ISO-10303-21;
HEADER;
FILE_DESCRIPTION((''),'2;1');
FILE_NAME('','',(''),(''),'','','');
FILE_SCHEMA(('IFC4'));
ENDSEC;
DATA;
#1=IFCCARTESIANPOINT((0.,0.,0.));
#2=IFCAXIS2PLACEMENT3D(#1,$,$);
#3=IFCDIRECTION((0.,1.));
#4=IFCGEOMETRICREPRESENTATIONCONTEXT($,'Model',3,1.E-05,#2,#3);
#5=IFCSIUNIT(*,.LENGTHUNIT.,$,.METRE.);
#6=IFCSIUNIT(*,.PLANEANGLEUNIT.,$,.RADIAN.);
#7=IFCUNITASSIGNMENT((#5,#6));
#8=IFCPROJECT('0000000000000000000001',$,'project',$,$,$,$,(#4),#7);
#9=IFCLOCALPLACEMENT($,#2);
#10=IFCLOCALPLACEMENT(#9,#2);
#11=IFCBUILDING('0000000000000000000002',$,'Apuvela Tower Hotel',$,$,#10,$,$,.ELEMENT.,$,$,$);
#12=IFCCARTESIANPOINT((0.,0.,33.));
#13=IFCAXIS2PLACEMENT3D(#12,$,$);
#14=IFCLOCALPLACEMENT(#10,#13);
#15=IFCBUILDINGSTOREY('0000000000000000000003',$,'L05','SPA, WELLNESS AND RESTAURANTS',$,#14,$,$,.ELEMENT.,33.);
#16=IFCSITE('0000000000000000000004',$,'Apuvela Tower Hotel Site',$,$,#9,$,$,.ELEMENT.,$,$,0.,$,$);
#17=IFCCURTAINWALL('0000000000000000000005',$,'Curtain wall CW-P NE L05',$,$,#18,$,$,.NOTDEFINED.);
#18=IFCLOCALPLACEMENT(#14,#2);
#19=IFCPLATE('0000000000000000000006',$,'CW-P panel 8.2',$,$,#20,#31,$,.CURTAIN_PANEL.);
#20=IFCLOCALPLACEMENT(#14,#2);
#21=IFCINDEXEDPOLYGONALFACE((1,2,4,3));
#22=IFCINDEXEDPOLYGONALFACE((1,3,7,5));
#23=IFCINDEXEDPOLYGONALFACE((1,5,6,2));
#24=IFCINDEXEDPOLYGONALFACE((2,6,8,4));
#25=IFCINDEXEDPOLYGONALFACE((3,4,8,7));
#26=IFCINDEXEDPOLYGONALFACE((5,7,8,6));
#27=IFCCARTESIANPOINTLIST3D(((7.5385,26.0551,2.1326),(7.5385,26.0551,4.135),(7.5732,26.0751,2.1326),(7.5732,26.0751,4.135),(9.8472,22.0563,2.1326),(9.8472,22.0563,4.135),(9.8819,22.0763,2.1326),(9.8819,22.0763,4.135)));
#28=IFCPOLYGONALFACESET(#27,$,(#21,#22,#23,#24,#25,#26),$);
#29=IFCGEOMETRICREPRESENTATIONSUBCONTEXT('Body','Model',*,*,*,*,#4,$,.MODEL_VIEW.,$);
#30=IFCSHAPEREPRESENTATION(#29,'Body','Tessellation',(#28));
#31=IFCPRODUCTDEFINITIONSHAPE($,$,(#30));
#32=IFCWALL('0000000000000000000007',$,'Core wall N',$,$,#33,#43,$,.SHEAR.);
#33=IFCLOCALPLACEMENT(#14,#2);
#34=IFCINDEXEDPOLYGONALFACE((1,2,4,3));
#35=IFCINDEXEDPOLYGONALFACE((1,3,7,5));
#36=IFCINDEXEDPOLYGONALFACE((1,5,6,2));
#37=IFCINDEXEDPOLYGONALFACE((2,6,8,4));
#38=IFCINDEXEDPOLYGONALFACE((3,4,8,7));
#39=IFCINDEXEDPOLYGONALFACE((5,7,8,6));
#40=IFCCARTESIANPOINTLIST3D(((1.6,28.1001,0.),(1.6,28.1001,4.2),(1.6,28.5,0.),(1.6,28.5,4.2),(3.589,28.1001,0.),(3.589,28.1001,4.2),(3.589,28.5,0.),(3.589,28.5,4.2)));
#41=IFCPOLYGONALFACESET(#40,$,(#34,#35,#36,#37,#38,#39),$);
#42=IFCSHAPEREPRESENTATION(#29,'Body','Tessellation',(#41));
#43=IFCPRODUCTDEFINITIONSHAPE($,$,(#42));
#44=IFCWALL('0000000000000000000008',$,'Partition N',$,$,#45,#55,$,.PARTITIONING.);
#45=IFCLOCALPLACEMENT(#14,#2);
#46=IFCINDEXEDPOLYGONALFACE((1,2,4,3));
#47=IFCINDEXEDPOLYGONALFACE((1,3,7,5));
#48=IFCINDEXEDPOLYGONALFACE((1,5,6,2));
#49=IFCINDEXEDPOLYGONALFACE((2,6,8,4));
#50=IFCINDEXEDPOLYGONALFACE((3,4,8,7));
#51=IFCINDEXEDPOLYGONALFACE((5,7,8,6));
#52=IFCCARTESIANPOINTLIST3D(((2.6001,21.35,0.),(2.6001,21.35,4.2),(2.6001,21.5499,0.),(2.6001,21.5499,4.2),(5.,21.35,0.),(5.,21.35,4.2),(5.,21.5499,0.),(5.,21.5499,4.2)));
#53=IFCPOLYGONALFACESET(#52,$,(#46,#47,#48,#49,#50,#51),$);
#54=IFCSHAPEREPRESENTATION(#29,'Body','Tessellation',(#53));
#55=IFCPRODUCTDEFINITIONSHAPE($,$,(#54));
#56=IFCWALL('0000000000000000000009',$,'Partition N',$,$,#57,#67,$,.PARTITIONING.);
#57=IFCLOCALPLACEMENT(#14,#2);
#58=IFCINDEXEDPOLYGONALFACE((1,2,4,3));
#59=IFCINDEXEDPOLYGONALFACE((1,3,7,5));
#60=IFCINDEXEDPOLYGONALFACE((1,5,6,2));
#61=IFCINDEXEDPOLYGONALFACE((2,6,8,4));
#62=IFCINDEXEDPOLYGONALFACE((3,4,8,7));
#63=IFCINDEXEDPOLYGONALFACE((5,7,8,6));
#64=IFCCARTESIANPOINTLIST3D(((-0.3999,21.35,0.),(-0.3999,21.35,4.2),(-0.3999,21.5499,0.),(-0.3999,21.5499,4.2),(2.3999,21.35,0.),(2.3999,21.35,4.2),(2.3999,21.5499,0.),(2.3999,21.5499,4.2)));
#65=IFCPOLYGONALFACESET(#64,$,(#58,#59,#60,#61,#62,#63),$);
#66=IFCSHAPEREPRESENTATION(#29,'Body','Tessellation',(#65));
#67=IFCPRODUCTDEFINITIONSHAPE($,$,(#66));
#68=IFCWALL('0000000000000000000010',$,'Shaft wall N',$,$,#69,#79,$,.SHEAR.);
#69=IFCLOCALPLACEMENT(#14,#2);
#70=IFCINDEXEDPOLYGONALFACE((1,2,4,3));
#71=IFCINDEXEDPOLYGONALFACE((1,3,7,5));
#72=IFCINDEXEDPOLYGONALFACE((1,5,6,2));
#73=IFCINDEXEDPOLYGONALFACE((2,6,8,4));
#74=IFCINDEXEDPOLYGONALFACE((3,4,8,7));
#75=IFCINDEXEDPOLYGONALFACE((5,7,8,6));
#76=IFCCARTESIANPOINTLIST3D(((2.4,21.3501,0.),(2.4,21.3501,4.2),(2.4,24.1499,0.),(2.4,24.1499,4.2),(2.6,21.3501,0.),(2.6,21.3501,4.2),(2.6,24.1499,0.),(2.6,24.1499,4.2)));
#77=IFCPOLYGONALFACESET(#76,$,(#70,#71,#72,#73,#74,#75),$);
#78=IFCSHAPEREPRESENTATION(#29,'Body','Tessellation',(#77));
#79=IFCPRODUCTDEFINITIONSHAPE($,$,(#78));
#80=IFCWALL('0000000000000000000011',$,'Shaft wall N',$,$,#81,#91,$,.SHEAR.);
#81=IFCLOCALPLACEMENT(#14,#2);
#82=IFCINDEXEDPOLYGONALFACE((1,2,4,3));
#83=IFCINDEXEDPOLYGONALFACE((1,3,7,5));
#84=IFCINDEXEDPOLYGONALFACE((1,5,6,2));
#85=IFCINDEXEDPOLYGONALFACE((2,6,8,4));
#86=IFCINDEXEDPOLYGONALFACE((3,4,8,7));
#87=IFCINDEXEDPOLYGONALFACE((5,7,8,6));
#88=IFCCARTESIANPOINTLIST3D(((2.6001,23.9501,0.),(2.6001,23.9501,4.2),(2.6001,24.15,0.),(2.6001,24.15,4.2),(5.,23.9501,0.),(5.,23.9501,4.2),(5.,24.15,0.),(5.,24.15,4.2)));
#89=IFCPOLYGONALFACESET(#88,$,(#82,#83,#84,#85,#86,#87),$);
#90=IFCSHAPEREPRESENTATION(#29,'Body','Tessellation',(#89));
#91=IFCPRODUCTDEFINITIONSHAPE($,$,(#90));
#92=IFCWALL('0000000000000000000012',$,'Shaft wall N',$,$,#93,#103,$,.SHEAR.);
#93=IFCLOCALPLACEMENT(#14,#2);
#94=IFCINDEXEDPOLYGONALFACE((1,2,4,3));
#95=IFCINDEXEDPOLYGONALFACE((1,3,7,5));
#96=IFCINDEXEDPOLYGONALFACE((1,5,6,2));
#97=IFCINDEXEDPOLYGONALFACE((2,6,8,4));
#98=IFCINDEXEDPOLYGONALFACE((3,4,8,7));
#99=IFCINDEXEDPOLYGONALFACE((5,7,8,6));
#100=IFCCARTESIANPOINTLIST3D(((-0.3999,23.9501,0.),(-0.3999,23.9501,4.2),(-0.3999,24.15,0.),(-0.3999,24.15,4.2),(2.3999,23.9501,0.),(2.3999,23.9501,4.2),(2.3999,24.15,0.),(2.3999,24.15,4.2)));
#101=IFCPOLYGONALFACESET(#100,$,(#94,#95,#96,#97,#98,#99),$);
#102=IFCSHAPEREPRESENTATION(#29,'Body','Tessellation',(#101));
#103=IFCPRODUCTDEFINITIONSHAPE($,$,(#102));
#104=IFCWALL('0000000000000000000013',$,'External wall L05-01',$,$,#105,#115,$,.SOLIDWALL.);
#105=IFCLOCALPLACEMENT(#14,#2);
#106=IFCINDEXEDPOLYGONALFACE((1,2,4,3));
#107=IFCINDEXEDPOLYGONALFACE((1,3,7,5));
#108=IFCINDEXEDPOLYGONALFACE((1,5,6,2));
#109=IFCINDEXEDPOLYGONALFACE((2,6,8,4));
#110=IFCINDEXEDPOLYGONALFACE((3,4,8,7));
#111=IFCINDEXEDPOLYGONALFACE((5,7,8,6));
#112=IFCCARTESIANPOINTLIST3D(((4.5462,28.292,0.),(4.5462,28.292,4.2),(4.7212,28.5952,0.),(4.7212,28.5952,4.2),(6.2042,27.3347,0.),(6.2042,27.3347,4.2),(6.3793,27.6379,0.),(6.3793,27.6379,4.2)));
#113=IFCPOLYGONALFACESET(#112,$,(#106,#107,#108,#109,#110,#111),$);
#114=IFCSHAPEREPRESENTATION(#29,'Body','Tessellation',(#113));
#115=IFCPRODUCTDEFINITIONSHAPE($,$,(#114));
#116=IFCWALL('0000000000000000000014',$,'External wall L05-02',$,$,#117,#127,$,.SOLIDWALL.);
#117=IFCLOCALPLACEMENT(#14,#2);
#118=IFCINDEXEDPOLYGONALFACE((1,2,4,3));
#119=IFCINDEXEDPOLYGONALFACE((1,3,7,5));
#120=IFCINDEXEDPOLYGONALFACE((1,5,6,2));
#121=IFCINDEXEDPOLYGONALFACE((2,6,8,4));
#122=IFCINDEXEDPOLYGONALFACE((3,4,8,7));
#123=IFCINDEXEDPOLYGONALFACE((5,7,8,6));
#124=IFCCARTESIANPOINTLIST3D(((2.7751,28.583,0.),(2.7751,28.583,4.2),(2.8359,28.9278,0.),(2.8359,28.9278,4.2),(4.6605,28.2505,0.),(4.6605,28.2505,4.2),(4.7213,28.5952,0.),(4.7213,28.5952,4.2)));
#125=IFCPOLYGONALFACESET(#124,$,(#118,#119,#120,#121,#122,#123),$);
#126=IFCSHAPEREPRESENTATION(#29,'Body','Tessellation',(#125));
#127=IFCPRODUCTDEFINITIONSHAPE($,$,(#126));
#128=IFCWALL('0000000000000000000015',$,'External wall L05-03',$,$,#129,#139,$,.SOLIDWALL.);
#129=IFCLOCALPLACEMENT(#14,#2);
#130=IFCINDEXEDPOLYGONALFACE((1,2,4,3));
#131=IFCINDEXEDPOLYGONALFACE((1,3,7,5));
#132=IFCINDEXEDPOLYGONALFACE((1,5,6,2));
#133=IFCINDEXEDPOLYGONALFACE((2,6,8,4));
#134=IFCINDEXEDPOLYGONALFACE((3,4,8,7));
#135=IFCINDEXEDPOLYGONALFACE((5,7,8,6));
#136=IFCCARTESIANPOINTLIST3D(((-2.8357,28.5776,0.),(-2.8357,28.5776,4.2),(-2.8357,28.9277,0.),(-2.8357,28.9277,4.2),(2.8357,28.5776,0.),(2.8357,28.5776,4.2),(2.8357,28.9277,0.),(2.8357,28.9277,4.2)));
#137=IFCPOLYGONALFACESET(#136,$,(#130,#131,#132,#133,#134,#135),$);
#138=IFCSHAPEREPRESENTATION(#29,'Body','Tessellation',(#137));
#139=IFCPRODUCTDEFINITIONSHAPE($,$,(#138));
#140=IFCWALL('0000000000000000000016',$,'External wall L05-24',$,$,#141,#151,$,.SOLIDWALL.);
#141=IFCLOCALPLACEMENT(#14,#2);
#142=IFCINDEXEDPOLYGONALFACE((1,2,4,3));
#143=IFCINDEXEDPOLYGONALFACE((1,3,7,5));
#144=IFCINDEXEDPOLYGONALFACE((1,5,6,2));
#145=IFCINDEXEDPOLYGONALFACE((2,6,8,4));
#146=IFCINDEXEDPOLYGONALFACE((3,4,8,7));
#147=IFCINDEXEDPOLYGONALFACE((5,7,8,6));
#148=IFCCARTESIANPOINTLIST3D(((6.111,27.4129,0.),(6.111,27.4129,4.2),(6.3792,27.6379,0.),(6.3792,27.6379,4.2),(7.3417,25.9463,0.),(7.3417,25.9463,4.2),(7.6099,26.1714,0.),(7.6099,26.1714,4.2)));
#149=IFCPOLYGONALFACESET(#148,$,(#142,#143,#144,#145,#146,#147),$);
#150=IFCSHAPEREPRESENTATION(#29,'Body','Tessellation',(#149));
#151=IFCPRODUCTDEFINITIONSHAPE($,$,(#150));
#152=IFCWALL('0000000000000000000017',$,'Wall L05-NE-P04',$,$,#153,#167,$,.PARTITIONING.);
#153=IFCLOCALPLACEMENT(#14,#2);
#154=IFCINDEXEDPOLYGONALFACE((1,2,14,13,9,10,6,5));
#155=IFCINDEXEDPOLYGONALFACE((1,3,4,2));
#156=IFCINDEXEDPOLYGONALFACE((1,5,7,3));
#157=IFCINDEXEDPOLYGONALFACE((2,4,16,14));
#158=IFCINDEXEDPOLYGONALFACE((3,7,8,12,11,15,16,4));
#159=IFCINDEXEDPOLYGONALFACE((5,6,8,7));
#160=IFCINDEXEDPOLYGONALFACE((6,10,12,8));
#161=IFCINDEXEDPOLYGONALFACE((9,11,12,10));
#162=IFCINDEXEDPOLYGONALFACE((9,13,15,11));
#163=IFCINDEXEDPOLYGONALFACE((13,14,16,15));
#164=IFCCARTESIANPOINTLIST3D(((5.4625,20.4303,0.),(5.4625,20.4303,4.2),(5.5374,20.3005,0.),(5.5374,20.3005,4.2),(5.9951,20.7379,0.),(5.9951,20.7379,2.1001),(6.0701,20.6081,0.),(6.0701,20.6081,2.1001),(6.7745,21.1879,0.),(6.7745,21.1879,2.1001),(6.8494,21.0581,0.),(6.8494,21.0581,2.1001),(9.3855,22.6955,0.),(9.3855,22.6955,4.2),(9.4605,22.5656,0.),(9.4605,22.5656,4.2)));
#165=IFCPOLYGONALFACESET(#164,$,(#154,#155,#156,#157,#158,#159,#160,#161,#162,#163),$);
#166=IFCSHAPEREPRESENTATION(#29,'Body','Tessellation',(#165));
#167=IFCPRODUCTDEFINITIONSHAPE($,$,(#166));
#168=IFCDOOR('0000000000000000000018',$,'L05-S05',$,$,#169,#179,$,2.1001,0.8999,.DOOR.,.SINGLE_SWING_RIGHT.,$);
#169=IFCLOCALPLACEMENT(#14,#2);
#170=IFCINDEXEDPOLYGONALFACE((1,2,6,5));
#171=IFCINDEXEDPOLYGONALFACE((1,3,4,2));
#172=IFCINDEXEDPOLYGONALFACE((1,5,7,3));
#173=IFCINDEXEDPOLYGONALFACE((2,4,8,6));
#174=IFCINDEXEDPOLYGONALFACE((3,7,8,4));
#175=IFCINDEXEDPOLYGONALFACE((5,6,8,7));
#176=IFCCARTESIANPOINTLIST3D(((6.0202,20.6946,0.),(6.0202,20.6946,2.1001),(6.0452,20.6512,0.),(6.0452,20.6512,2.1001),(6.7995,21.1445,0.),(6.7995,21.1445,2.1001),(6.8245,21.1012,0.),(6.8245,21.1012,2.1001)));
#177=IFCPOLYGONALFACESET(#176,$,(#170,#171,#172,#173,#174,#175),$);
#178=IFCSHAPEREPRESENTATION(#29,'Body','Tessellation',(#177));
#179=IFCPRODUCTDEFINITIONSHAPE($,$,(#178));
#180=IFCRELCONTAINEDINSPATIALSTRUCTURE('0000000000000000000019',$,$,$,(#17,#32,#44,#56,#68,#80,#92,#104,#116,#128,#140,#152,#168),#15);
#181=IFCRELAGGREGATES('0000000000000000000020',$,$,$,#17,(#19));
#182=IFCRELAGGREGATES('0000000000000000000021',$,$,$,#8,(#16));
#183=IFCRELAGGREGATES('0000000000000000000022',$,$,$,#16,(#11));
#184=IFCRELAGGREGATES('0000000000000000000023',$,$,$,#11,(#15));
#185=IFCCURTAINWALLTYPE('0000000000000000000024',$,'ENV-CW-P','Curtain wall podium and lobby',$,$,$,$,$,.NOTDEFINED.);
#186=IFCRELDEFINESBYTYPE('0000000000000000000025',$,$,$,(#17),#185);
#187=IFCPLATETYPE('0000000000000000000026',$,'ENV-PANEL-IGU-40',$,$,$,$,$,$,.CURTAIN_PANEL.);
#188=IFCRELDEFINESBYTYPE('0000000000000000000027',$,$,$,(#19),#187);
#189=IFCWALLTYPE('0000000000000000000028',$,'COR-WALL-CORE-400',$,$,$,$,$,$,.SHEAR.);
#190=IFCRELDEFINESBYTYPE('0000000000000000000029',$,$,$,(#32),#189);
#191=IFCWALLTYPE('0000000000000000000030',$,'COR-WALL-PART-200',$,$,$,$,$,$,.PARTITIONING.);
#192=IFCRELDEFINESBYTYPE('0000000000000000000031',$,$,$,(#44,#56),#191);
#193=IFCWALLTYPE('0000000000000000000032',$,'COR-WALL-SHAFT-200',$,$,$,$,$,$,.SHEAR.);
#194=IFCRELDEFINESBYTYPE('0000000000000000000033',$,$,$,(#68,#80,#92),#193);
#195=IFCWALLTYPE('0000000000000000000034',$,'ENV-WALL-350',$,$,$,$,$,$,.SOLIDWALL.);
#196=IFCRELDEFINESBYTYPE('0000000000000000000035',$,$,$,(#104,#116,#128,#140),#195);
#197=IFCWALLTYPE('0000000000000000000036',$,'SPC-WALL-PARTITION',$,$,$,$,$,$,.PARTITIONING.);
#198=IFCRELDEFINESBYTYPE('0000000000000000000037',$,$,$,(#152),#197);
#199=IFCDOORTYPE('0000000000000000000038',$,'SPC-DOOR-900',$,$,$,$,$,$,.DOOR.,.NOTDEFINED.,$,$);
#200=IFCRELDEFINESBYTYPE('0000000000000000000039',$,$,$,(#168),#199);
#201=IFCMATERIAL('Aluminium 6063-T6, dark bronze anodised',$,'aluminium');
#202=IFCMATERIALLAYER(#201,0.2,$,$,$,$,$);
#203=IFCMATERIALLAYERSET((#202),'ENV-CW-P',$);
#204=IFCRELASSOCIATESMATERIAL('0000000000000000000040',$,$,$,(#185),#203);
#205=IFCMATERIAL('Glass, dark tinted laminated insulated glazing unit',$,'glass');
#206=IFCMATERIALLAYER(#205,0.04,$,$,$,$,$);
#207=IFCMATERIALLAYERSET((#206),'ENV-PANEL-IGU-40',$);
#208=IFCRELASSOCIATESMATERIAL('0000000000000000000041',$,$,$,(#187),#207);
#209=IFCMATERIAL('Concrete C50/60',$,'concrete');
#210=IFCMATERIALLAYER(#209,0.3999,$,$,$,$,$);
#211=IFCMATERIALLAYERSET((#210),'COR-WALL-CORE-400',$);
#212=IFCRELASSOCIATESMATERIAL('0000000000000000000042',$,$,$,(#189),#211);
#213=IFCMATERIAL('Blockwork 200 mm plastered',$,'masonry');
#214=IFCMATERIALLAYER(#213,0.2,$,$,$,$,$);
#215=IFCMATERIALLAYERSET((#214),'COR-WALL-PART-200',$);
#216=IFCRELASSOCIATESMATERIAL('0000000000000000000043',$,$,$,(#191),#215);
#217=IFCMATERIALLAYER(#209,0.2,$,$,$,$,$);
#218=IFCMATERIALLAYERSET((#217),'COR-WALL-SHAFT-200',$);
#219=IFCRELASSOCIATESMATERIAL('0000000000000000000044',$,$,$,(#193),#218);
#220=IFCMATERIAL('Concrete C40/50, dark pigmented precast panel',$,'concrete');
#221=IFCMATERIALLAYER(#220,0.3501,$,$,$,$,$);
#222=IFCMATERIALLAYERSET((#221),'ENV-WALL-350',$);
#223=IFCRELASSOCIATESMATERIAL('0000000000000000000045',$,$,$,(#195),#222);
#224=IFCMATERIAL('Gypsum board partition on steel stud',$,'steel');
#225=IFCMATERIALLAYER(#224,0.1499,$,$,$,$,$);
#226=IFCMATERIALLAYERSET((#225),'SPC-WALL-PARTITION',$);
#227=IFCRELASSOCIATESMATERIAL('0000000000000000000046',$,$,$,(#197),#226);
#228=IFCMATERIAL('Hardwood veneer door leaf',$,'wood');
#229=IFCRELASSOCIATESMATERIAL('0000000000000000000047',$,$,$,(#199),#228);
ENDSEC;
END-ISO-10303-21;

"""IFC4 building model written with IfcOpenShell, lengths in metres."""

from ifc_helpers import new_model, si_unit, direction, frame, frame_2d, origin, origin_2d, place, context, subcontext, project, spatial, rectangle, extrude, material, layer, layer_set, type_object, element, fill, aggregate, save


model = new_model("IFC4")

# Units and contexts
model_context = context("Model", 3, precision=1e-05, world=origin(), true_north=direction((0.0, 1.0)))
body_context = subcontext(model_context, "Body", "Model", "MODEL_VIEW")
ifc_project = project(units=[si_unit("LENGTHUNIT", "METRE"), si_unit("PLANEANGLEUNIT", "RADIAN")], contexts=[model_context])

# Site, building, storey
site_placement = place(None, origin())
site = spatial("IfcSite", under=ifc_project, at=site_placement, Name="Apuvela Tower Hotel Site", CompositionType="ELEMENT", RefElevation=0.0)
building_placement = place(site_placement, origin())
building = spatial("IfcBuilding", under=site, at=building_placement, Name="Apuvela Tower Hotel", CompositionType="ELEMENT")
storey_placement = place(building_placement, frame((0.0, 0.0, 33.0)))
storey = spatial("IfcBuildingStorey", under=building, at=storey_placement, Name="L05", Description="SPA, WELLNESS AND RESTAURANTS", CompositionType="ELEMENT", Elevation=33.0)

# Curtain wall
ifc_material_1 = material(Name="Aluminium 6063-T6, dark bronze anodised", Category="aluminium")
ifc_layer_1 = layer(ifc_material_1, 0.2)
ifc_layer_set_1 = layer_set([ifc_layer_1], Name="ENV-CW-P")
curtain_wall_type = type_object("IfcCurtainWallType", Name="ENV-CW-P", Description="Curtain wall podium and lobby", PredefinedType="NOTDEFINED", material=ifc_layer_set_1)
curtain_wall_placement = place(storey_placement, origin())
curtain_wall = element("IfcCurtainWall", 1, at=curtain_wall_placement, inside=storey, type_object=curtain_wall_type, Name="Curtain wall CW-P NE L05", PredefinedType="NOTDEFINED")

# Plate
ifc_material_2 = material(Name="Glass, dark tinted laminated insulated glazing unit", Category="glass")
ifc_layer_2 = layer(ifc_material_2, 0.04)
ifc_layer_set_2 = layer_set([ifc_layer_2], Name="ENV-PANEL-IGU-40")
plate_type = type_object("IfcPlateType", Name="ENV-PANEL-IGU-40", PredefinedType="CURTAIN_PANEL", material=ifc_layer_set_2)
plate_1_placement = place(storey_placement, frame((8.7102, 24.0657, 2.1326), z_axis=(0.0, 0.0, 1.0), x_axis=(-0.5, 0.866026, 0.0)))
plate_1 = element("IfcPlate", 2, at=plate_1_placement, type_object=plate_type, Name="CW-P panel 8.2", PredefinedType="CURTAIN_PANEL", context=body_context, shape_type="SweptSolid", body=[
    extrude(rectangle(XDim=4.6174, YDim=0.04, at=origin_2d()), origin(), (0.0, 0.0, 1.0), 2.0024),
])
aggregate(curtain_wall, [plate_1])

# Walls
ifc_material_3 = material(Name="Concrete C50/60", Category="concrete")
ifc_layer_3 = layer(ifc_material_3, 0.3999)
ifc_layer_set_3 = layer_set([ifc_layer_3], Name="COR-WALL-CORE-400")
wall_type_1 = type_object("IfcWallType", Name="COR-WALL-CORE-400", PredefinedType="SHEAR", material=ifc_layer_set_3)
wall_1_placement = place(storey_placement, frame((3.5891, 28.3, 0.0), z_axis=(0.0, 0.0, 1.0), x_axis=(-1.0, 0.0, 0.0)))
element("IfcWall", 3, at=wall_1_placement, inside=storey, type_object=wall_type_1, Name="Core wall N", PredefinedType="SHEAR", context=body_context, shape_type="SweptSolid", body=[
    extrude(rectangle(XDim=1.989, YDim=0.3999, at=frame_2d((0.9946, 0.0))), origin(), (0.0, 0.0, 1.0), 4.2),
])
ifc_material_4 = material(Name="Blockwork 200 mm plastered", Category="masonry")
ifc_layer_4 = layer(ifc_material_4, 0.2)
ifc_layer_set_4 = layer_set([ifc_layer_4], Name="COR-WALL-PART-200")
wall_type_2 = type_object("IfcWallType", Name="COR-WALL-PART-200", PredefinedType="PARTITIONING", material=ifc_layer_set_4)
wall_2_placement = place(storey_placement, frame((5.0, 21.45, 0.0), z_axis=(0.0, 0.0, 1.0), x_axis=(-1.0, 0.0, 0.0)))
element("IfcWall", 4, at=wall_2_placement, inside=storey, type_object=wall_type_2, Name="Partition N", PredefinedType="PARTITIONING", context=body_context, shape_type="SweptSolid", body=[
    extrude(rectangle(XDim=2.3999, YDim=0.2, at=frame_2d((1.2, 0.0))), origin(), (0.0, 0.0, 1.0), 4.2),
])
wall_3_placement = place(storey_placement, frame((2.3999, 21.45, 0.0), z_axis=(0.0, 0.0, 1.0), x_axis=(-1.0, 0.0, 0.0)))
element("IfcWall", 5, at=wall_3_placement, inside=storey, type_object=wall_type_2, Name="Partition N", PredefinedType="PARTITIONING", context=body_context, shape_type="SweptSolid", body=[
    extrude(rectangle(XDim=2.7998, YDim=0.2, at=frame_2d((1.3999, 0.0))), origin(), (0.0, 0.0, 1.0), 4.2),
])
ifc_layer_5 = layer(ifc_material_3, 0.2)
ifc_layer_set_5 = layer_set([ifc_layer_5], Name="COR-WALL-SHAFT-200")
wall_type_3 = type_object("IfcWallType", Name="COR-WALL-SHAFT-200", PredefinedType="SHEAR", material=ifc_layer_set_5)
wall_4_placement = place(storey_placement, frame((2.5, 21.3501, 0.0), z_axis=(0.0, 0.0, 1.0), x_axis=(0.0, 1.0, 0.0)))
element("IfcWall", 6, at=wall_4_placement, inside=storey, type_object=wall_type_3, Name="Shaft wall N", PredefinedType="SHEAR", context=body_context, shape_type="SweptSolid", body=[
    extrude(rectangle(XDim=2.7998, YDim=0.2, at=frame_2d((1.3999, 0.0))), origin(), (0.0, 0.0, 1.0), 4.2),
])
wall_5_placement = place(storey_placement, frame((5.0, 24.05, 0.0), z_axis=(0.0, 0.0, 1.0), x_axis=(-1.0, 0.0, 0.0)))
element("IfcWall", 7, at=wall_5_placement, inside=storey, type_object=wall_type_3, Name="Shaft wall N", PredefinedType="SHEAR", context=body_context, shape_type="SweptSolid", body=[
    extrude(rectangle(XDim=2.3999, YDim=0.2, at=frame_2d((1.2, 0.0))), origin(), (0.0, 0.0, 1.0), 4.2),
])
wall_6_placement = place(storey_placement, frame((2.3999, 24.05, 0.0), z_axis=(0.0, 0.0, 1.0), x_axis=(-1.0, 0.0, 0.0)))
element("IfcWall", 8, at=wall_6_placement, inside=storey, type_object=wall_type_3, Name="Shaft wall N", PredefinedType="SHEAR", context=body_context, shape_type="SweptSolid", body=[
    extrude(rectangle(XDim=2.7998, YDim=0.2, at=frame_2d((1.3999, 0.0))), origin(), (0.0, 0.0, 1.0), 4.2),
])
ifc_material_5 = material(Name="Concrete C40/50, dark pigmented precast panel", Category="concrete")
ifc_layer_6 = layer(ifc_material_5, 0.3501)
ifc_layer_set_6 = layer_set([ifc_layer_6], Name="ENV-WALL-350")
wall_type_4 = type_object("IfcWallType", Name="ENV-WALL-350", PredefinedType="SOLIDWALL", material=ifc_layer_set_6)
for number, where, z_axis, x_axis, name in (
    (9, (6.2917, 27.4863, 0.0), (0.0, 0.0, 1.0), (-0.866014, 0.50002, 0.0), "External wall L05-01"),
    (10, (4.6909, 28.4229, 0.0), (0.0, 0.0, 1.0), (-0.984803, 0.173676, 0.0), "External wall L05-02"),
):
    element("IfcWall", number, at=place(storey_placement, frame(where, z_axis=z_axis, x_axis=x_axis)), inside=storey, type_object=wall_type_4, Name=name, PredefinedType="SOLIDWALL", context=body_context, shape_type="SweptSolid", body=[
        extrude(rectangle(XDim=1.9146, YDim=0.3501, at=frame_2d((0.9573, 0.0))), origin(), (0.0, 0.0, 1.0), 4.2),
    ])
wall_7_placement = place(storey_placement, frame((2.8357, 28.7527, 0.0), z_axis=(0.0, 0.0, 1.0), x_axis=(-1.0, 0.0, 0.0)))
element("IfcWall", 11, at=wall_7_placement, inside=storey, type_object=wall_type_4, Name="External wall L05-03", PredefinedType="SOLIDWALL", context=body_context, shape_type="SweptSolid", body=[
    extrude(rectangle(XDim=5.6714, YDim=0.3501, at=frame_2d((2.8357, 0.0))), origin(), (0.0, 0.0, 1.0), 4.2),
])
wall_8_placement = place(storey_placement, frame((7.4758, 26.0588, 0.0), z_axis=(0.0, 0.0, 1.0), x_axis=(-0.642827, 0.766011, 0.0)))
element("IfcWall", 12, at=wall_8_placement, inside=storey, type_object=wall_type_4, Name="External wall L05-24", PredefinedType="SOLIDWALL", context=body_context, shape_type="SweptSolid", body=[
    extrude(rectangle(XDim=1.9146, YDim=0.3501, at=frame_2d((0.9573, 0.0))), origin(), (0.0, 0.0, 1.0), 4.2),
])

# Wall, opening, door
ifc_material_6 = material(Name="Gypsum board partition on steel stud", Category="steel")
ifc_layer_7 = layer(ifc_material_6, 0.1499)
ifc_layer_set_7 = layer_set([ifc_layer_7], Name="SPC-WALL-PARTITION")
wall_type_5 = type_object("IfcWallType", Name="SPC-WALL-PARTITION", PredefinedType="PARTITIONING", material=ifc_layer_set_7)
wall_9_placement = place(storey_placement, frame((9.4231, 22.6306, 0.0), z_axis=(0.0, 0.0, 1.0), x_axis=(-0.866012, -0.500023, 0.0)))
wall_9 = element("IfcWall", 13, at=wall_9_placement, inside=storey, type_object=wall_type_5, Name="Wall L05-NE-P04", PredefinedType="PARTITIONING", context=body_context, shape_type="SweptSolid", body=[
    extrude(rectangle(XDim=4.53, YDim=0.1499, at=frame_2d((2.2651, 0.0))), origin(), (0.0, 0.0, 1.0), 4.2),
])
opening_placement = place(wall_9_placement, frame((3.0151, 0.0, 0.0)))
opening = element("IfcOpeningElement", 14, at=opening_placement, cuts=wall_9, PredefinedType="OPENING", context=body_context, shape_type="SweptSolid", body=[
    extrude(rectangle(XDim=0.8999, YDim=2.1001, at=frame_2d((0.45, 1.05))), frame((0.0, 0.085, 0.0), z_axis=(0.0, -1.0, 0.0), x_axis=(1.0, 0.0, 0.0)), (0.0, 0.0, 1.0), 0.1699),
])
ifc_material_7 = material(Name="Hardwood veneer door leaf", Category="wood")
door_type = type_object("IfcDoorType", Name="SPC-DOOR-900", OperationType="NOTDEFINED", PredefinedType="DOOR", material=ifc_material_7)
door_placement = place(opening_placement, frame((0.8999, 0.0, 0.0), z_axis=(0.0, 0.0, 1.0), x_axis=(-1.0, 0.0, 0.0)))
door = element("IfcDoor", 15, at=door_placement, inside=storey, type_object=door_type, Name="L05-S05", OperationType="SINGLE_SWING_RIGHT", OverallHeight=2.1001, OverallWidth=0.8999, PredefinedType="DOOR", context=body_context, shape_type="SweptSolid", body=[
    extrude(rectangle(XDim=0.8999, YDim=2.1001, at=frame_2d((0.45, 1.05))), frame((0.0, 0.0249, 0.0), z_axis=(0.0, -1.0, 0.0), x_axis=(1.0, 0.0, 0.0)), (0.0, 0.0, 1.0), 0.05),
])
fill(opening, door)

save(model, "model.ifc")
